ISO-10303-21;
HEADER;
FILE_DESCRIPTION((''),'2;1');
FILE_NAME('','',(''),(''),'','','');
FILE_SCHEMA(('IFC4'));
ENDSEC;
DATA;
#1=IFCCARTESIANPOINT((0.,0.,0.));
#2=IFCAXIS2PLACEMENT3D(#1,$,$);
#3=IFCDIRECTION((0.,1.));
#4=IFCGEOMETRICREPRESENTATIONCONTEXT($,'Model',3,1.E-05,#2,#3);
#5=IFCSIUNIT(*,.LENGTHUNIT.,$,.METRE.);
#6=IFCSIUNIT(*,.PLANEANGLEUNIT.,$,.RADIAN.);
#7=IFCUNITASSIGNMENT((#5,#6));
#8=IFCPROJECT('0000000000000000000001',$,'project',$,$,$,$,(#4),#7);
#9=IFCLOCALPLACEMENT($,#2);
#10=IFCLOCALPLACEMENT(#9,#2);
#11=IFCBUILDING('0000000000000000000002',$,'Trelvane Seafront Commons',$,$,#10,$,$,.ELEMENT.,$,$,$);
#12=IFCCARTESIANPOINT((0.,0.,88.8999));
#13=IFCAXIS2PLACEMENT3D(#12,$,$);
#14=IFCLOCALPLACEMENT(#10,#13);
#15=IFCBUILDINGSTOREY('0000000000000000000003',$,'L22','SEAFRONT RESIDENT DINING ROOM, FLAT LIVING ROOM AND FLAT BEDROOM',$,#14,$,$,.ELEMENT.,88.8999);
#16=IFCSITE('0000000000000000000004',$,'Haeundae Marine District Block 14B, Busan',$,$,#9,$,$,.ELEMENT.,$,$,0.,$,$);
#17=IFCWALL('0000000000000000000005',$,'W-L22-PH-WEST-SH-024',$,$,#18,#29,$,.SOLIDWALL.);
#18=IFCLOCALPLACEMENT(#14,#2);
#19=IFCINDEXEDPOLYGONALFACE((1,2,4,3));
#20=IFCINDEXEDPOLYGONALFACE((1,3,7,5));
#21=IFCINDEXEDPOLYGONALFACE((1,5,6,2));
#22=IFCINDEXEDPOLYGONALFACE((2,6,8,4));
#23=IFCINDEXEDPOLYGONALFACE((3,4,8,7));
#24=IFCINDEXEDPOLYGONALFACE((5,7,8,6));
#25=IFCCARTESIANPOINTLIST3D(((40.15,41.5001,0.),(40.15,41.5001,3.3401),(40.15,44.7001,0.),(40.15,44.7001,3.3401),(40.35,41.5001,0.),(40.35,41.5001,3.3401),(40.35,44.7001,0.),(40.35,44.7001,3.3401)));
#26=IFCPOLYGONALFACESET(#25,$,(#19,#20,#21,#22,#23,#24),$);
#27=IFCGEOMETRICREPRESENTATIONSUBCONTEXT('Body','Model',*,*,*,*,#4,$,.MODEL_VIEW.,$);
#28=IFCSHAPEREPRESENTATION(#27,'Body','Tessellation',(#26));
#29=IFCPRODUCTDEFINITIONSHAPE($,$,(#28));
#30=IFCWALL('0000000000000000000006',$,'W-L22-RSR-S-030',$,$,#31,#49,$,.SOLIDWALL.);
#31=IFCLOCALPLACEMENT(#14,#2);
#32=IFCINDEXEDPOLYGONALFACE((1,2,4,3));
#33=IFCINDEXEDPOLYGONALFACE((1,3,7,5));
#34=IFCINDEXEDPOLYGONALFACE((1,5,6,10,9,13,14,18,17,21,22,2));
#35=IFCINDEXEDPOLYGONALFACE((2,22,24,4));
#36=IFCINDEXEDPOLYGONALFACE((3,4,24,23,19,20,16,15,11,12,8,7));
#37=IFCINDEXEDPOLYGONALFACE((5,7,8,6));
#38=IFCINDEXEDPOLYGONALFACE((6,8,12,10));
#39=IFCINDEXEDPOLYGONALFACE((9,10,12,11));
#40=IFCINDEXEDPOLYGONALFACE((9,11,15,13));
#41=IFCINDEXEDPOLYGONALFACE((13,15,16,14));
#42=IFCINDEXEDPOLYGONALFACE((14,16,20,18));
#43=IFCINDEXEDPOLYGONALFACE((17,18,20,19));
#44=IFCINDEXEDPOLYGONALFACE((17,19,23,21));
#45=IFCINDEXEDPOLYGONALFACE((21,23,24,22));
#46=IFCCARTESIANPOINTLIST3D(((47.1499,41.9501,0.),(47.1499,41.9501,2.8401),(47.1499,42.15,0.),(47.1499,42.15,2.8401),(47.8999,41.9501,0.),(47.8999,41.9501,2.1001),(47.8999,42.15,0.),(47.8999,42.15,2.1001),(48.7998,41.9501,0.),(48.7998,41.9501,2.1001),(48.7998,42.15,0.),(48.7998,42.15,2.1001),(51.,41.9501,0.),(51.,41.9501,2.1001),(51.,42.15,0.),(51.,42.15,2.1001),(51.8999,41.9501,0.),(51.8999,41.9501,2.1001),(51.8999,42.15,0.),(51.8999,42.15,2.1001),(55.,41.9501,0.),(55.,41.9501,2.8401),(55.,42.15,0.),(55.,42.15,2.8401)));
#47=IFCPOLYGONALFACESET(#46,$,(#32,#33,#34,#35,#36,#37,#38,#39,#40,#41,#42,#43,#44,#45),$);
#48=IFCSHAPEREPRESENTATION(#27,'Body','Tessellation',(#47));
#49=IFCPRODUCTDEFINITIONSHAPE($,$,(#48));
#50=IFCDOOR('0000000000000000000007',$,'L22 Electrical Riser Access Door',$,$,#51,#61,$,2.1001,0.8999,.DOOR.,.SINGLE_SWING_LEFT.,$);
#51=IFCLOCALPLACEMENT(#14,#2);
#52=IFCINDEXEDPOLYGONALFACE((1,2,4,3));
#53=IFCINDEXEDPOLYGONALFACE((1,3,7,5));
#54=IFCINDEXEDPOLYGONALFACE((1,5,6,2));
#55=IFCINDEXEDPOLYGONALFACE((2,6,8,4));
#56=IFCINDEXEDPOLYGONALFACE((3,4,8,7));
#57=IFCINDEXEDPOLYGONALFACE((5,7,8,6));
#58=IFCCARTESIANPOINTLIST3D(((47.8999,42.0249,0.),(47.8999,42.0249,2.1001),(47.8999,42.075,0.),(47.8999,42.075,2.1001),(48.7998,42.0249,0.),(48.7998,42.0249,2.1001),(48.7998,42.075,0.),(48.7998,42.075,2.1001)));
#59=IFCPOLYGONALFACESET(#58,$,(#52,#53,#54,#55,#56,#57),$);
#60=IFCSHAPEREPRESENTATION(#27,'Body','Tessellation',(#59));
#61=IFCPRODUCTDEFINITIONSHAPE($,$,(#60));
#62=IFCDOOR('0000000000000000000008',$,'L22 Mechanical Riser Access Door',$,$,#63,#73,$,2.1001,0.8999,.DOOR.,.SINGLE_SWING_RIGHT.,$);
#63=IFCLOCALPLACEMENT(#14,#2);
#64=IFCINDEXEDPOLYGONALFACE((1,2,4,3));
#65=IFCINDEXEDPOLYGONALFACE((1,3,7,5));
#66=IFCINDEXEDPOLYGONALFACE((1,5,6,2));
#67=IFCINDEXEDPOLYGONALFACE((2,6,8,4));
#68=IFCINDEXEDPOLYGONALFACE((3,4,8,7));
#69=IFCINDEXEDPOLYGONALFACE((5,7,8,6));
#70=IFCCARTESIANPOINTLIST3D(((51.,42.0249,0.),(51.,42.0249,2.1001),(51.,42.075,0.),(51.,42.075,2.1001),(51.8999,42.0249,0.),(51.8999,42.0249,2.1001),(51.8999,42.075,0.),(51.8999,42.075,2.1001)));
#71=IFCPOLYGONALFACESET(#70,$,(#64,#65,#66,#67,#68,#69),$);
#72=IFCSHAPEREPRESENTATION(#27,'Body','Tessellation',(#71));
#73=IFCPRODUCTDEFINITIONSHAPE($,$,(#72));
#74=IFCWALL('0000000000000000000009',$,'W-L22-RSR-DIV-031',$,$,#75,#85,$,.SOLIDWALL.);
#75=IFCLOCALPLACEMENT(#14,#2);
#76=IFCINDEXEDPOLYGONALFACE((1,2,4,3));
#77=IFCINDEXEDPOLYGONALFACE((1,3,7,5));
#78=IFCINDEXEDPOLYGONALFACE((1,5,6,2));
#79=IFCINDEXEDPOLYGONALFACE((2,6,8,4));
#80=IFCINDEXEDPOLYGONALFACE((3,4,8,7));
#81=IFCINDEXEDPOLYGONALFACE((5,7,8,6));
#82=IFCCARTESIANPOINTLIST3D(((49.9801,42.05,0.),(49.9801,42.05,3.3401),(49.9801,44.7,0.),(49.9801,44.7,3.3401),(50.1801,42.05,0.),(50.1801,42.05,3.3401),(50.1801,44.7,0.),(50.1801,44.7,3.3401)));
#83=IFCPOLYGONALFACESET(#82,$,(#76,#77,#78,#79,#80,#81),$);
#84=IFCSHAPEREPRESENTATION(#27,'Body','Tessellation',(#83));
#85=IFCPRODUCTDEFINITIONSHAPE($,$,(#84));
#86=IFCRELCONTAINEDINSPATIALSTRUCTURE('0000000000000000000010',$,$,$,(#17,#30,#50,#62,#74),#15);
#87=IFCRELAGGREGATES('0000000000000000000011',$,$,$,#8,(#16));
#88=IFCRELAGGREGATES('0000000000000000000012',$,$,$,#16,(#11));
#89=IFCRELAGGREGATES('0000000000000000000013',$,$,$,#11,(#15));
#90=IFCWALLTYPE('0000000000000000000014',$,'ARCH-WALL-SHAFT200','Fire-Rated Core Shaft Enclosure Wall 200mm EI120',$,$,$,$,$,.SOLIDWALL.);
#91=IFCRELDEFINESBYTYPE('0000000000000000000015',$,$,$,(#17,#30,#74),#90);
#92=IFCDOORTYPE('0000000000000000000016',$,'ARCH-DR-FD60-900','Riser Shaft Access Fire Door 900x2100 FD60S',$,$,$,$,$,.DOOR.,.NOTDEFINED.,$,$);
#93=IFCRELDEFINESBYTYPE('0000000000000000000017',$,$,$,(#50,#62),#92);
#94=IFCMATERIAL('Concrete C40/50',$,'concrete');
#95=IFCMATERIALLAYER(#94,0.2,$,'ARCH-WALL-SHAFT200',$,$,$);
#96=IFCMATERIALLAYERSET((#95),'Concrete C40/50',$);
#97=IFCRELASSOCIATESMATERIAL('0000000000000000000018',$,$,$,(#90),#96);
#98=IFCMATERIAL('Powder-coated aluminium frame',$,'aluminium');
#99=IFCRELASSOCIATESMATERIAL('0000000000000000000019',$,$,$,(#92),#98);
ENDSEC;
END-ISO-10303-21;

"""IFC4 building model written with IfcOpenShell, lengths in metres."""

from ifc_helpers import new_model, si_unit, direction, frame, frame_2d, origin, place, context, subcontext, project, spatial, rectangle, extrude, source, transform, mapped, material, layer, layer_set, type_object, element, fill, save


model = new_model("IFC4")

# Units and contexts
model_context = context("Model", 3, precision=1e-05, world=origin(), true_north=direction((0.0, 1.0)))
body_context = subcontext(model_context, "Body", "Model", "MODEL_VIEW")
ifc_project = project(units=[si_unit("LENGTHUNIT", "METRE"), si_unit("PLANEANGLEUNIT", "RADIAN")], contexts=[model_context])

# Site, building, storey
site_placement = place(None, origin())
site = spatial("IfcSite", under=ifc_project, at=site_placement, Name="Haeundae Marine District Block 14B, Busan", CompositionType="ELEMENT", RefElevation=0.0)
building_placement = place(site_placement, origin())
building = spatial("IfcBuilding", under=site, at=building_placement, Name="Trelvane Seafront Commons", CompositionType="ELEMENT")
storey_placement = place(building_placement, frame((0.0, 0.0, 88.8999)))
storey = spatial("IfcBuildingStorey", under=building, at=storey_placement, Name="L22", Description="SEAFRONT RESIDENT DINING ROOM, FLAT LIVING ROOM AND FLAT BEDROOM", CompositionType="ELEMENT", Elevation=88.8999)

# Wall
ifc_material_1 = material(Name="Concrete C40/50", Category="concrete")
ifc_layer_1 = layer(ifc_material_1, 0.2, Name="ARCH-WALL-SHAFT200")
ifc_layer_set_1 = layer_set([ifc_layer_1], Name="Concrete C40/50")
wall_type_1 = type_object("IfcWallType", Name="ARCH-WALL-SHAFT200", Description="Fire-Rated Core Shaft Enclosure Wall 200mm EI120", PredefinedType="SOLIDWALL", material=ifc_layer_set_1)
wall_1_placement = place(storey_placement, frame((40.25, 41.5, 0.0), z_axis=(0.0, 0.0, 1.0), x_axis=(0.0, 1.0, 0.0)))
element("IfcWall", 1, at=wall_1_placement, inside=storey, type_object=wall_type_1, Name="W-L22-PH-WEST-SH-024", PredefinedType="SOLIDWALL", context=body_context, shape_type="SweptSolid", body=[
    extrude(rectangle(XDim=3.2, YDim=0.2, at=frame_2d((1.6001, 0.0))), origin(), (0.0, 0.0, 1.0), 3.3401),
])

# Wall, openings, doors
wall_2_placement = place(storey_placement, frame((47.1499, 42.05, 0.0), z_axis=(0.0, 0.0, 1.0), x_axis=(1.0, 0.0, 0.0)))
wall_2 = element("IfcWall", 2, at=wall_2_placement, inside=storey, type_object=wall_type_1, Name="W-L22-RSR-S-030", PredefinedType="SOLIDWALL", context=body_context, shape_type="SweptSolid", body=[
    extrude(rectangle(XDim=7.8501, YDim=0.2, at=frame_2d((3.925, 0.0))), origin(), (0.0, 0.0, 1.0), 2.8401),
])
opening_1_placement = place(wall_2_placement, frame((0.75, 0.0, 0.0)))
opening_1 = element("IfcOpeningElement", 3, at=opening_1_placement, cuts=wall_2, PredefinedType="OPENING", context=body_context, shape_type="SweptSolid", body=[
    extrude(rectangle(XDim=0.8999, YDim=2.1001, at=frame_2d((0.45, 1.05))), frame((0.0, 0.1099, 0.0), z_axis=(0.0, -1.0, 0.0), x_axis=(1.0, 0.0, 0.0)), (0.0, 0.0, 1.0), 0.22),
])
opening_2_placement = place(wall_2_placement, frame((3.8501, 0.0, 0.0)))
opening_2 = element("IfcOpeningElement", 4, at=opening_2_placement, cuts=wall_2, PredefinedType="OPENING", context=body_context, shape_type="SweptSolid", body=[
    extrude(rectangle(XDim=0.8999, YDim=2.1001, at=frame_2d((0.45, 1.05))), frame((0.0, 0.1099, 0.0), z_axis=(0.0, -1.0, 0.0), x_axis=(1.0, 0.0, 0.0)), (0.0, 0.0, 1.0), 0.22),
])
ifc_material_2 = material(Name="Powder-coated aluminium frame", Category="aluminium")
door_type = type_object("IfcDoorType", Name="ARCH-DR-FD60-900", Description="Riser Shaft Access Fire Door 900x2100 FD60S", OperationType="NOTDEFINED", PredefinedType="DOOR", material=ifc_material_2)
shared_shape_1 = source(origin(), body_context, "Body", "SweptSolid", [
    extrude(rectangle(XDim=0.8999, YDim=2.1001, at=frame_2d((0.45, 1.05))), frame((0.0, 0.0249, 0.0), z_axis=(0.0, -1.0, 0.0), x_axis=(1.0, 0.0, 0.0)), (0.0, 0.0, 1.0), 0.05),
])
door_1_placement = place(opening_1_placement, origin())
door_1 = element("IfcDoor", 5, at=door_1_placement, inside=storey, type_object=door_type, Name="L22 Electrical Riser Access Door", OperationType="SINGLE_SWING_LEFT", OverallHeight=2.1001, OverallWidth=0.8999, PredefinedType="DOOR", context=body_context, shape_type="MappedRepresentation", body=[
    mapped(shared_shape_1, transform((0.0, 0.0, 0.0), x_axis=(1.0, 0.0, 0.0), y_axis=(0.0, 1.0, 0.0), z_axis=(0.0, 0.0, 1.0), scale=1.0)),
])
fill(opening_1, door_1)
door_2_placement = place(opening_2_placement, origin())
door_2 = element("IfcDoor", 6, at=door_2_placement, inside=storey, type_object=door_type, Name="L22 Mechanical Riser Access Door", OperationType="SINGLE_SWING_RIGHT", OverallHeight=2.1001, OverallWidth=0.8999, PredefinedType="DOOR", context=body_context, shape_type="MappedRepresentation", body=[
    mapped(shared_shape_1, transform((0.0, 0.0, 0.0), x_axis=(1.0, 0.0, 0.0), y_axis=(0.0, 1.0, 0.0), z_axis=(0.0, 0.0, 1.0), scale=1.0)),
])
fill(opening_2, door_2)

# Wall
wall_3_placement = place(storey_placement, frame((50.0801, 42.05, 0.0), z_axis=(0.0, 0.0, 1.0), x_axis=(0.0, 1.0, 0.0)))
element("IfcWall", 7, at=wall_3_placement, inside=storey, type_object=wall_type_1, Name="W-L22-RSR-DIV-031", PredefinedType="SOLIDWALL", context=body_context, shape_type="SweptSolid", body=[
    extrude(rectangle(XDim=2.6499, YDim=0.2, at=frame_2d((1.325, 0.0))), origin(), (0.0, 0.0, 1.0), 3.3401),
])

save(model, "model.ifc")
